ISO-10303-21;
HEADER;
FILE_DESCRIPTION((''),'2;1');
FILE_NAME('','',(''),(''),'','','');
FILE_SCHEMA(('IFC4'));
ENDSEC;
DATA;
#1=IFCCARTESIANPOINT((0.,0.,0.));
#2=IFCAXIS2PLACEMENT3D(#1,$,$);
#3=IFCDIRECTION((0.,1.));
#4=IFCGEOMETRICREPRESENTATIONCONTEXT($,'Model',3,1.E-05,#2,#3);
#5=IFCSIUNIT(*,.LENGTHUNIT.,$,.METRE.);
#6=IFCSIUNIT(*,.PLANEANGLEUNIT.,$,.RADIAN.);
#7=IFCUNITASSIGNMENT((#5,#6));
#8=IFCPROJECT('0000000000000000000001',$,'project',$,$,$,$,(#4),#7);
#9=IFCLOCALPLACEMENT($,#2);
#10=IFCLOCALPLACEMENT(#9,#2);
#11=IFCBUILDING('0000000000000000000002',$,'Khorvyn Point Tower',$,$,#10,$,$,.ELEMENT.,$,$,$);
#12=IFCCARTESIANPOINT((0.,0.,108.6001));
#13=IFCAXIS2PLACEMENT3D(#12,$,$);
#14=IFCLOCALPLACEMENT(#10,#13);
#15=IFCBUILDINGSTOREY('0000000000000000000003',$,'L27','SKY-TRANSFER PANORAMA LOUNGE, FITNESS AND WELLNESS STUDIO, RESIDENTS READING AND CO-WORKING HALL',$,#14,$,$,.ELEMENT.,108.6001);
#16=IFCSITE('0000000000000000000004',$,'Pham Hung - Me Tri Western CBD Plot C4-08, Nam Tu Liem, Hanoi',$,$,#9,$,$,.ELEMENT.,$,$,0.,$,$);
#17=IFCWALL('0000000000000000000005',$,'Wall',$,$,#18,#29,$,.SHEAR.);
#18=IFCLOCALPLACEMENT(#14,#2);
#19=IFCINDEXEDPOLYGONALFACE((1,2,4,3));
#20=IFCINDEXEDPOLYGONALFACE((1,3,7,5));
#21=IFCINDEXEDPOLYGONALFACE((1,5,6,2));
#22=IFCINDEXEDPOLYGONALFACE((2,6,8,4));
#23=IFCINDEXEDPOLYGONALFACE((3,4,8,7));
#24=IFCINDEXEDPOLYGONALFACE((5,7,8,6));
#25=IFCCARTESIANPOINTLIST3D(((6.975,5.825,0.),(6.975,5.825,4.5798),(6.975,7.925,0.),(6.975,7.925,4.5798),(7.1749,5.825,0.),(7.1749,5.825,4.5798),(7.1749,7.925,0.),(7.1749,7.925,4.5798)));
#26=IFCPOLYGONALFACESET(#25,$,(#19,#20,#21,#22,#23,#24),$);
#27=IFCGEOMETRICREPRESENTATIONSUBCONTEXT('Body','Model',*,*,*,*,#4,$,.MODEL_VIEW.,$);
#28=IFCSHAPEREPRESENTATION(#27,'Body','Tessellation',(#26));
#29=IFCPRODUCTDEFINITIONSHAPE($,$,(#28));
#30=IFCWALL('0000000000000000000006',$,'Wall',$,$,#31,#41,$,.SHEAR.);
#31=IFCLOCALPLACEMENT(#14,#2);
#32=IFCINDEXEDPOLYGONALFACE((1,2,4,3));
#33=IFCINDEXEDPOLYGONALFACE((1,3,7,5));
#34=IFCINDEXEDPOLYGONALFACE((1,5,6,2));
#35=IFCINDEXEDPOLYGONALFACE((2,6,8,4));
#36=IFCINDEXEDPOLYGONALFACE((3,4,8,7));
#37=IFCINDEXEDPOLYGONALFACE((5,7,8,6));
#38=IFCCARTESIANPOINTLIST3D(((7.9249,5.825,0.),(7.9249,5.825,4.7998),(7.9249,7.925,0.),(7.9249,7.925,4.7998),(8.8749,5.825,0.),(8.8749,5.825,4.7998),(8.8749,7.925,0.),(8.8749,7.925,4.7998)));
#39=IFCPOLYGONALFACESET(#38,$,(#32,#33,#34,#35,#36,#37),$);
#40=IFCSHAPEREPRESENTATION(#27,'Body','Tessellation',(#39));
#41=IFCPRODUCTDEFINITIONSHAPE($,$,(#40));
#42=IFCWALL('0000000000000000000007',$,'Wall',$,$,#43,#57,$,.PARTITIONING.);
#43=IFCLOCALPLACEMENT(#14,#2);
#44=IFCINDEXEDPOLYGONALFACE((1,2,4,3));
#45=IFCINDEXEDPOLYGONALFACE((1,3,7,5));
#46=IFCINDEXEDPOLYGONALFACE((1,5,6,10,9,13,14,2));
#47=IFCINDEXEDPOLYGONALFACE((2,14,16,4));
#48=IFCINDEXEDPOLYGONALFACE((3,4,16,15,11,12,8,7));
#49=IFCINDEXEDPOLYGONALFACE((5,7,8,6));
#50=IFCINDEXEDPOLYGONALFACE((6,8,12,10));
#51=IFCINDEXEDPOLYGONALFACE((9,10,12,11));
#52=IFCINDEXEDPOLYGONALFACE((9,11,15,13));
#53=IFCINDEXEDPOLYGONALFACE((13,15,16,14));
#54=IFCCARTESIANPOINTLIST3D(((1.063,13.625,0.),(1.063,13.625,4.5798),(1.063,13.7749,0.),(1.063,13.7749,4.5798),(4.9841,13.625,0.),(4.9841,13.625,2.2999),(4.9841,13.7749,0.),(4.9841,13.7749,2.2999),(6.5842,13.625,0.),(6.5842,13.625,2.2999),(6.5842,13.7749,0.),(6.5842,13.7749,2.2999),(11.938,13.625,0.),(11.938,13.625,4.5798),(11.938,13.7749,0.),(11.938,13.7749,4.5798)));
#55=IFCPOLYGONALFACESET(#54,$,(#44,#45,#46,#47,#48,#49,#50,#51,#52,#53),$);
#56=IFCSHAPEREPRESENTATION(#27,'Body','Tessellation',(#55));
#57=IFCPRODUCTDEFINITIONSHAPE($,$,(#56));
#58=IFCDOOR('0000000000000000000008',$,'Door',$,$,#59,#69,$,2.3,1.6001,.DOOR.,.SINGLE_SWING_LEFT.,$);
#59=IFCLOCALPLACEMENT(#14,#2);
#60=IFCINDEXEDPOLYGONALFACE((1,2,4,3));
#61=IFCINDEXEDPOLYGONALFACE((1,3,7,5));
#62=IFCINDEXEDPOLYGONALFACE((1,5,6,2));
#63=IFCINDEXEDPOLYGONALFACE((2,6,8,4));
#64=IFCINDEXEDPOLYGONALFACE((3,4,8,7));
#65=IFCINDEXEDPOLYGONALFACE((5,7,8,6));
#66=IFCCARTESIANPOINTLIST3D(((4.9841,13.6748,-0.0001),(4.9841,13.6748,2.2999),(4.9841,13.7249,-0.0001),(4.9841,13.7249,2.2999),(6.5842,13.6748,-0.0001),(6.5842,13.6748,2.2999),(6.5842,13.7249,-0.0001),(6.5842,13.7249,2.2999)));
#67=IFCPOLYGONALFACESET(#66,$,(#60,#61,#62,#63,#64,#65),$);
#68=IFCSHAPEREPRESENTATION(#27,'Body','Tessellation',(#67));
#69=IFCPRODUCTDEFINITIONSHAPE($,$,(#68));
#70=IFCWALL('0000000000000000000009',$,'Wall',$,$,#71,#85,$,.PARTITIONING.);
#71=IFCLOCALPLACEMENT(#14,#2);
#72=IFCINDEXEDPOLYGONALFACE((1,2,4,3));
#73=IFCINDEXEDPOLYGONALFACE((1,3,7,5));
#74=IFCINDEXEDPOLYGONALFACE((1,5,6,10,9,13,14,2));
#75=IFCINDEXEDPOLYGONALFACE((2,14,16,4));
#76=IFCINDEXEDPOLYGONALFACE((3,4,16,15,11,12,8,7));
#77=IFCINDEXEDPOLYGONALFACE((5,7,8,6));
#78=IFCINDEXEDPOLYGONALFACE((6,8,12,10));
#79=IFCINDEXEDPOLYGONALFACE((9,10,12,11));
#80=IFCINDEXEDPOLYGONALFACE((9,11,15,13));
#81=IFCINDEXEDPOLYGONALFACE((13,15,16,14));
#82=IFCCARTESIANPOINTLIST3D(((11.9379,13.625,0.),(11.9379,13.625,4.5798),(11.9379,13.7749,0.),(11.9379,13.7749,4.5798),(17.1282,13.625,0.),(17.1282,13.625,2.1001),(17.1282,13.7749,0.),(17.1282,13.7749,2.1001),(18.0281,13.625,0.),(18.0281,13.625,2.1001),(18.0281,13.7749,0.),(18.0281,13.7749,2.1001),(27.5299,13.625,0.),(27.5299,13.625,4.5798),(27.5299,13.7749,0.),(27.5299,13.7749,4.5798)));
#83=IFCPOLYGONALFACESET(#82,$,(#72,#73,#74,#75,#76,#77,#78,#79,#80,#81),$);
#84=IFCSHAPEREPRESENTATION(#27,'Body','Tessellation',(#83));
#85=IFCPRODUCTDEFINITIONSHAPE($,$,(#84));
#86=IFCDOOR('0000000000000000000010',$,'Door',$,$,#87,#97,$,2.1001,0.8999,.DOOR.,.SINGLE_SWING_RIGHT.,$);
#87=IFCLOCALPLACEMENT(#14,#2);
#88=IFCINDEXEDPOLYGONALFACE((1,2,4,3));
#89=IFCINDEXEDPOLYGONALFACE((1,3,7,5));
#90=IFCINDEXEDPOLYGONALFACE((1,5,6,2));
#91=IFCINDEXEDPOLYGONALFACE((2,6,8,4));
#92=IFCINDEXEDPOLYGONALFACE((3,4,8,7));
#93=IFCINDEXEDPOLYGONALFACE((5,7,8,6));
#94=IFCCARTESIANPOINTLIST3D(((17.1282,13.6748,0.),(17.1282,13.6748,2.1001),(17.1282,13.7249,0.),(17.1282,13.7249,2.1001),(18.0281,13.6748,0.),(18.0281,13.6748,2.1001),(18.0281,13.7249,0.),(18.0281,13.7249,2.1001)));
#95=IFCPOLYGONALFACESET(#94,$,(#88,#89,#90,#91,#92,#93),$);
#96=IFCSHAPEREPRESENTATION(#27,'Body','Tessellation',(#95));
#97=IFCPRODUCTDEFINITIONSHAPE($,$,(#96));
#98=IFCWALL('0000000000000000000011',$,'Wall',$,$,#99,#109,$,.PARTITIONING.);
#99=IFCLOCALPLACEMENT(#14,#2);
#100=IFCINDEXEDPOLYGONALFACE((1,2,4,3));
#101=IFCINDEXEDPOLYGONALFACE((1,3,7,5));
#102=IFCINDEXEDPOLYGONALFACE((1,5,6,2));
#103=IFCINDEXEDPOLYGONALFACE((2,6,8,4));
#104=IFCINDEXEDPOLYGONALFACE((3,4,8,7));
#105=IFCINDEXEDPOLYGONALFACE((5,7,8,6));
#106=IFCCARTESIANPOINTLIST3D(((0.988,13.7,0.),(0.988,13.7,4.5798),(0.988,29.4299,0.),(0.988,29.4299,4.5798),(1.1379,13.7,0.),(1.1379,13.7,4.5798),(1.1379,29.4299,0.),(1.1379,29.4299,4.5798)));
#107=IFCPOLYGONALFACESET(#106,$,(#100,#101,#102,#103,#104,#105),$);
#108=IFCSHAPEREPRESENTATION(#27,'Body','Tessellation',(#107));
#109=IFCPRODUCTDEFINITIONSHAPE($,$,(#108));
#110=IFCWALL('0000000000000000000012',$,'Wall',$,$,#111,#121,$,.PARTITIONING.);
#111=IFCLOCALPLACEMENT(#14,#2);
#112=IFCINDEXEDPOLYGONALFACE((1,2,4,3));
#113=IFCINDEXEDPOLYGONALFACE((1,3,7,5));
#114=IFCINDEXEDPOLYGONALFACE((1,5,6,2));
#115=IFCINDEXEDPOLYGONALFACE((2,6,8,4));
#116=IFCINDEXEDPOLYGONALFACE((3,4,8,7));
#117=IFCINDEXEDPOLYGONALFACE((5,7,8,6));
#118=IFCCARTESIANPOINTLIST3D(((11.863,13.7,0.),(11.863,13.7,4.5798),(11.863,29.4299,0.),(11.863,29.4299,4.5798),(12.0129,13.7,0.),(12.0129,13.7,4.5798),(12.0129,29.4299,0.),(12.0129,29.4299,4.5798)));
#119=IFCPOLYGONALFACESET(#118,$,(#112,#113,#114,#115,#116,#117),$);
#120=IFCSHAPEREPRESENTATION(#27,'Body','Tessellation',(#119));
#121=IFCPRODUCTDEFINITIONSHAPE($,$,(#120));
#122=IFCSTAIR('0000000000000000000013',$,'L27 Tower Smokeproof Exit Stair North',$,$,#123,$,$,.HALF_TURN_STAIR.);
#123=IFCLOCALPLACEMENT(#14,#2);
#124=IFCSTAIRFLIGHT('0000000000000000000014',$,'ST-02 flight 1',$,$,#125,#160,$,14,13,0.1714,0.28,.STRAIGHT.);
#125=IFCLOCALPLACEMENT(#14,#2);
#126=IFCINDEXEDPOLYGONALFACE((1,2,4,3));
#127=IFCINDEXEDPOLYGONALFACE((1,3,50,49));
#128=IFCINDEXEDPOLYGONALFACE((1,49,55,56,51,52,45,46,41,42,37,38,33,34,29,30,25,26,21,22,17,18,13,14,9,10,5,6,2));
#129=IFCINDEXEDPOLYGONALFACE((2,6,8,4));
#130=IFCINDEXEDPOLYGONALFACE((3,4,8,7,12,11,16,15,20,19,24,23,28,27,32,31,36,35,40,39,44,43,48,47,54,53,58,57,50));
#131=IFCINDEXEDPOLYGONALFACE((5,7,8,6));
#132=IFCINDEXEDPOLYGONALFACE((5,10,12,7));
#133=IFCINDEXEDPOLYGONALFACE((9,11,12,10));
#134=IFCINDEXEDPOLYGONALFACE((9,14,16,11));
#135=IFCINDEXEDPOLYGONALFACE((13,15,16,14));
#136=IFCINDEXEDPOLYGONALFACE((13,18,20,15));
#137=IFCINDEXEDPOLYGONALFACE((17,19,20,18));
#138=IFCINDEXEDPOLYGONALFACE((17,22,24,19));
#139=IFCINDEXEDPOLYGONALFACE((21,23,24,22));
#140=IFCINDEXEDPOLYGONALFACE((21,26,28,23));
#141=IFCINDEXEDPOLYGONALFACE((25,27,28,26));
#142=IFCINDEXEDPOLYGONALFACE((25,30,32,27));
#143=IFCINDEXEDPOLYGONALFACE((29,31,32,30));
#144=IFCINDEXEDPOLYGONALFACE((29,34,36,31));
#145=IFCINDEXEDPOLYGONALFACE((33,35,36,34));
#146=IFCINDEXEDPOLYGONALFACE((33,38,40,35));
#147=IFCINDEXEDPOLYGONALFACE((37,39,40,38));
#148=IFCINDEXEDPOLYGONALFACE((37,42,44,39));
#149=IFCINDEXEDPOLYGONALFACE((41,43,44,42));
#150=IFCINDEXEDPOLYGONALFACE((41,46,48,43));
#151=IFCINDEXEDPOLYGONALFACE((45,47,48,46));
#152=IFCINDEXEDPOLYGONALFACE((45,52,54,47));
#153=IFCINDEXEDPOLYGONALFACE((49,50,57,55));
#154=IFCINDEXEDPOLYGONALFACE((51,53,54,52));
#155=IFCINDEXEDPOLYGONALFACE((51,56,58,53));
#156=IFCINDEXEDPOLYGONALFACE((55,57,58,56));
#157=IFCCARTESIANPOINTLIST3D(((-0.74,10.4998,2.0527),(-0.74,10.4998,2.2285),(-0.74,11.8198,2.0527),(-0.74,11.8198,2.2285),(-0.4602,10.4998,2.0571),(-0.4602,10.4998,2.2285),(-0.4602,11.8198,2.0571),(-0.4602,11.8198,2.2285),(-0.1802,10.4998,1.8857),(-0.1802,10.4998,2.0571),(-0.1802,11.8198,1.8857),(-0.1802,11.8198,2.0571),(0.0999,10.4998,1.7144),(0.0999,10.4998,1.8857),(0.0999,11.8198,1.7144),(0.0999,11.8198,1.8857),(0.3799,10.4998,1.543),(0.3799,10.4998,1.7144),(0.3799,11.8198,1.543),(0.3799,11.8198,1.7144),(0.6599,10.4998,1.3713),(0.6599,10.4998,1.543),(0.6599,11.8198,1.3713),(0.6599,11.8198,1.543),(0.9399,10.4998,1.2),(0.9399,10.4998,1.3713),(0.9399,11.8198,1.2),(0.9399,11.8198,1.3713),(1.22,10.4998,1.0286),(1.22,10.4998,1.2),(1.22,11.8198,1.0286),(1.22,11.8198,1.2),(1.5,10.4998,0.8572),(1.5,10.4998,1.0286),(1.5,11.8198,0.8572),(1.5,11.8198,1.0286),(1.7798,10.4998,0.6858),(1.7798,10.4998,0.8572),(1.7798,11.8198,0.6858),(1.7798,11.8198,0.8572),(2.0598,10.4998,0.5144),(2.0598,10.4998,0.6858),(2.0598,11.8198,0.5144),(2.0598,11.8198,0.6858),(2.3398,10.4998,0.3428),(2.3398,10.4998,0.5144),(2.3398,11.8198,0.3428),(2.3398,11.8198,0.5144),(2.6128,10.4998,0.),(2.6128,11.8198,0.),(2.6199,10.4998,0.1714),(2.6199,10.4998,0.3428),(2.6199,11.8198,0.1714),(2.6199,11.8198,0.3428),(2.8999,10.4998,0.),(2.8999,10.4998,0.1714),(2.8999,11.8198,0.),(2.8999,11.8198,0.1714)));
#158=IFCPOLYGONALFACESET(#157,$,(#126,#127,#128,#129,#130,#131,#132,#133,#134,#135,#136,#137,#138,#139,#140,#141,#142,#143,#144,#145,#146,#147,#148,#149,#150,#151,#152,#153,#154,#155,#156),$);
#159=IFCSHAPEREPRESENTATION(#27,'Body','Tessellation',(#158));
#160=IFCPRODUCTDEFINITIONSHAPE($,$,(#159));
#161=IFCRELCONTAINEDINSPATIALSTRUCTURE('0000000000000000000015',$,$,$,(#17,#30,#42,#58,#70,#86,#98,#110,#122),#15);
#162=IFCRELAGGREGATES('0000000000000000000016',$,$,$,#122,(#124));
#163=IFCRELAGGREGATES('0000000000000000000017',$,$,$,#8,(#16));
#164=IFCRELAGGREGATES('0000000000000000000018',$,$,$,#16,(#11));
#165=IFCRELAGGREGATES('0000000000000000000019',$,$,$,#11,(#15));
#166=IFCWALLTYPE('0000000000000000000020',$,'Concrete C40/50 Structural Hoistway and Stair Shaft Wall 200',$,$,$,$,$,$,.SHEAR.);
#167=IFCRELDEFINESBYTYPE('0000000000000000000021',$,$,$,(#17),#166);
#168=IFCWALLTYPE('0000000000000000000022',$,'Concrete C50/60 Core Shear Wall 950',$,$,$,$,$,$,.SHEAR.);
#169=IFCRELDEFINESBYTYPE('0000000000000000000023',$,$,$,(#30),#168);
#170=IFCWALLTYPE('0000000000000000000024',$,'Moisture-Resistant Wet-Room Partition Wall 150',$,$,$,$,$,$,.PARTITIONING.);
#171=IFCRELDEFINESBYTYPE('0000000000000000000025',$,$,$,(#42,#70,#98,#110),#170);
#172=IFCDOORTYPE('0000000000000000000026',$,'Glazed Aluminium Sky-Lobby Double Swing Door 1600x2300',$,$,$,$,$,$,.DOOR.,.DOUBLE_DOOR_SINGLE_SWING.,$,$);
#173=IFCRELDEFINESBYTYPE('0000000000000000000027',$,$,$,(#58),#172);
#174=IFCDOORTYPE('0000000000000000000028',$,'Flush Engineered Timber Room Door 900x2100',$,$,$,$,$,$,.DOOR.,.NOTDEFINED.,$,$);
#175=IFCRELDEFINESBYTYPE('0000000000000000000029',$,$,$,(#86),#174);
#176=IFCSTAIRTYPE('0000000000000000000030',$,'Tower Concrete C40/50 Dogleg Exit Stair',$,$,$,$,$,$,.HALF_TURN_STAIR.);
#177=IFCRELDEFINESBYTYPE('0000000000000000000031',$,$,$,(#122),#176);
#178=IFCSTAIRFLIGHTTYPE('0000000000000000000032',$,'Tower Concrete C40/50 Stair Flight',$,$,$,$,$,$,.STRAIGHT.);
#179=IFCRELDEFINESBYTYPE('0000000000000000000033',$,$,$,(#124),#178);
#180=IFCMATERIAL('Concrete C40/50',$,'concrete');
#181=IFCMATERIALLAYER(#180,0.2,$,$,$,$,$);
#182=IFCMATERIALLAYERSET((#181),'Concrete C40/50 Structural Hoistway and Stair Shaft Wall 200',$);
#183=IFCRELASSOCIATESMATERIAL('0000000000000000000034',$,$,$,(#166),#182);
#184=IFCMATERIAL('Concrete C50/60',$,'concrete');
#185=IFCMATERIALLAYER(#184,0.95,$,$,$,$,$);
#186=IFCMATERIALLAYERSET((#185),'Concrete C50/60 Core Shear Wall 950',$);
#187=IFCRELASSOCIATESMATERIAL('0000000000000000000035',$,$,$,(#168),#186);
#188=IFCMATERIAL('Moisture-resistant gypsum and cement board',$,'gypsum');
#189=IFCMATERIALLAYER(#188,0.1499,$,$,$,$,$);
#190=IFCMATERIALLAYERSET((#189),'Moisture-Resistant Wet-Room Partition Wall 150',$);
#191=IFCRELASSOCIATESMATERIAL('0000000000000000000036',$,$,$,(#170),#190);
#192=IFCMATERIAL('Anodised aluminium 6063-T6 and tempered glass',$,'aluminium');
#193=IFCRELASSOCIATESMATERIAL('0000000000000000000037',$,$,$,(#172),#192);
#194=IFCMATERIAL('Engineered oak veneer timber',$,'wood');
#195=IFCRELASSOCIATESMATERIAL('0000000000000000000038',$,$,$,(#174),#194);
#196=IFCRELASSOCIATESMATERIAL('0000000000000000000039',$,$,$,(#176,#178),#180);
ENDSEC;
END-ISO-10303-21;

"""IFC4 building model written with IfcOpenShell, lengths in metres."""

from ifc_helpers import new_model, si_unit, direction, frame, frame_2d, origin, place, context, subcontext, project, spatial, polyline, rectangle, outline, extrude, material, layer, layer_set, type_object, element, fill, aggregate, save


model = new_model("IFC4")

# Units and contexts
model_context = context("Model", 3, precision=1e-05, world=origin(), true_north=direction((0.0, 1.0)))
body_context = subcontext(model_context, "Body", "Model", "MODEL_VIEW")
ifc_project = project(units=[si_unit("LENGTHUNIT", "METRE"), si_unit("PLANEANGLEUNIT", "RADIAN")], contexts=[model_context])

# Site, building, storey
site_placement = place(None, origin())
site = spatial("IfcSite", under=ifc_project, at=site_placement, Name="Pham Hung - Me Tri Western CBD Plot C4-08, Nam Tu Liem, Hanoi", CompositionType="ELEMENT", RefElevation=0.0)
building_placement = place(site_placement, origin())
building = spatial("IfcBuilding", under=site, at=building_placement, Name="Khorvyn Point Tower", CompositionType="ELEMENT")
storey_placement = place(building_placement, frame((0.0, 0.0, 108.6001)))
storey = spatial("IfcBuildingStorey", under=building, at=storey_placement, Name="L27", Description="SKY-TRANSFER PANORAMA LOUNGE, FITNESS AND WELLNESS STUDIO, RESIDENTS READING AND CO-WORKING HALL", CompositionType="ELEMENT", Elevation=108.6001)

# Shared definitions
ifc_material_1 = material(Name="Concrete C40/50", Category="concrete")
ifc_material_2 = material(Name="Concrete C50/60", Category="concrete")

# Shared definitions
ifc_layer_1 = layer(ifc_material_1, 0.2)
ifc_layer_set_1 = layer_set([ifc_layer_1], Name="Concrete C40/50 Structural Hoistway and Stair Shaft Wall 200")
wall_type_1 = type_object("IfcWallType", Name="Concrete C40/50 Structural Hoistway and Stair Shaft Wall 200", PredefinedType="SHEAR", material=ifc_layer_set_1)

# Walls
wall_1_placement = place(storey_placement, frame((7.075, 5.825, 0.0), z_axis=(0.0, 0.0, 1.0), x_axis=(0.0, 1.0, 0.0)))
element("IfcWall", 1, at=wall_1_placement, inside=storey, type_object=wall_type_1, Name="Wall", PredefinedType="SHEAR", context=body_context, shape_type="SweptSolid", body=[
    extrude(rectangle(XDim=2.1001, YDim=0.2, at=frame_2d((1.05, 0.0))), origin(), (0.0, 0.0, 1.0), 4.5798),
])
ifc_layer_2 = layer(ifc_material_2, 0.95)
ifc_layer_set_2 = layer_set([ifc_layer_2], Name="Concrete C50/60 Core Shear Wall 950")
wall_type_2 = type_object("IfcWallType", Name="Concrete C50/60 Core Shear Wall 950", PredefinedType="SHEAR", material=ifc_layer_set_2)
wall_2_placement = place(storey_placement, frame((8.3999, 5.825, 0.0), z_axis=(0.0, 0.0, 1.0), x_axis=(0.0, 1.0, 0.0)))
element("IfcWall", 2, at=wall_2_placement, inside=storey, type_object=wall_type_2, Name="Wall", PredefinedType="SHEAR", context=body_context, shape_type="SweptSolid", body=[
    extrude(rectangle(XDim=2.1001, YDim=0.95, at=frame_2d((1.05, 0.0))), origin(), (0.0, 0.0, 1.0), 4.7998),
])

# Walls, openings, doors
ifc_material_3 = material(Name="Moisture-resistant gypsum and cement board", Category="gypsum")
ifc_layer_3 = layer(ifc_material_3, 0.1499)
ifc_layer_set_3 = layer_set([ifc_layer_3], Name="Moisture-Resistant Wet-Room Partition Wall 150")
wall_type_3 = type_object("IfcWallType", Name="Moisture-Resistant Wet-Room Partition Wall 150", PredefinedType="PARTITIONING", material=ifc_layer_set_3)
wall_3_placement = place(storey_placement, frame((1.063, 13.7, 0.0), z_axis=(0.0, 0.0, 1.0), x_axis=(1.0, 0.0, 0.0)))
wall_3 = element("IfcWall", 3, at=wall_3_placement, inside=storey, type_object=wall_type_3, Name="Wall", PredefinedType="PARTITIONING", context=body_context, shape_type="SweptSolid", body=[
    extrude(rectangle(XDim=10.875, YDim=0.1499, at=frame_2d((5.4375, 0.0))), origin(), (0.0, 0.0, 1.0), 4.5798),
])
opening_1_placement = place(wall_3_placement, frame((3.9211, 0.0, 0.0)))
opening_1 = element("IfcOpeningElement", 4, at=opening_1_placement, cuts=wall_3, PredefinedType="OPENING", context=body_context, shape_type="SweptSolid", body=[
    extrude(rectangle(XDim=1.6001, YDim=2.3, at=frame_2d((0.8, 1.1499))), frame((0.0, 0.085, 0.0), z_axis=(0.0, -1.0, 0.0), x_axis=(1.0, 0.0, 0.0)), (0.0, 0.0, 1.0), 0.1699),
])
ifc_material_4 = material(Name="Anodised aluminium 6063-T6 and tempered glass", Category="aluminium")
door_type_1 = type_object("IfcDoorType", Name="Glazed Aluminium Sky-Lobby Double Swing Door 1600x2300", OperationType="DOUBLE_DOOR_SINGLE_SWING", PredefinedType="DOOR", material=ifc_material_4)
door_1_placement = place(opening_1_placement, origin())
door_1 = element("IfcDoor", 5, at=door_1_placement, inside=storey, type_object=door_type_1, Name="Door", OperationType="SINGLE_SWING_LEFT", OverallHeight=2.3, OverallWidth=1.6001, PredefinedType="DOOR", context=body_context, shape_type="SweptSolid", body=[
    extrude(rectangle(XDim=1.6001, YDim=2.3, at=frame_2d((0.8, 1.1499))), frame((0.0, 0.0249, 0.0), z_axis=(0.0, -1.0, 0.0), x_axis=(1.0, 0.0, 0.0)), (0.0, 0.0, 1.0), 0.05),
])
fill(opening_1, door_1)
wall_4_placement = place(storey_placement, frame((11.938, 13.7, 0.0), z_axis=(0.0, 0.0, 1.0), x_axis=(1.0, 0.0, 0.0)))
wall_4 = element("IfcWall", 6, at=wall_4_placement, inside=storey, type_object=wall_type_3, Name="Wall", PredefinedType="PARTITIONING", context=body_context, shape_type="SweptSolid", body=[
    extrude(rectangle(XDim=15.592, YDim=0.1499, at=frame_2d((7.7959, 0.0))), origin(), (0.0, 0.0, 1.0), 4.5798),
])
opening_2_placement = place(wall_4_placement, frame((5.1902, 0.0, 0.0)))
opening_2 = element("IfcOpeningElement", 7, at=opening_2_placement, cuts=wall_4, PredefinedType="OPENING", context=body_context, shape_type="SweptSolid", body=[
    extrude(rectangle(XDim=0.8999, YDim=2.1001, at=frame_2d((0.45, 1.05))), frame((0.0, 0.085, 0.0), z_axis=(0.0, -1.0, 0.0), x_axis=(1.0, 0.0, 0.0)), (0.0, 0.0, 1.0), 0.1699),
])
ifc_material_5 = material(Name="Engineered oak veneer timber", Category="wood")
door_type_2 = type_object("IfcDoorType", Name="Flush Engineered Timber Room Door 900x2100", OperationType="NOTDEFINED", PredefinedType="DOOR", material=ifc_material_5)
door_2_placement = place(opening_2_placement, origin())
door_2 = element("IfcDoor", 8, at=door_2_placement, inside=storey, type_object=door_type_2, Name="Door", OperationType="SINGLE_SWING_RIGHT", OverallHeight=2.1001, OverallWidth=0.8999, PredefinedType="DOOR", context=body_context, shape_type="SweptSolid", body=[
    extrude(rectangle(XDim=0.8999, YDim=2.1001, at=frame_2d((0.45, 1.05))), frame((0.0, 0.0249, 0.0), z_axis=(0.0, -1.0, 0.0), x_axis=(1.0, 0.0, 0.0)), (0.0, 0.0, 1.0), 0.05),
])
fill(opening_2, door_2)

# Walls
for number, where, z_axis, x_axis, name in (
    (9, (1.063, 13.7, 0.0), (0.0, 0.0, 1.0), (0.0, 1.0, 0.0), "Wall"),
    (10, (11.938, 13.7, 0.0), (0.0, 0.0, 1.0), (0.0, 1.0, 0.0), "Wall"),
):
    element("IfcWall", number, at=place(storey_placement, frame(where, z_axis=z_axis, x_axis=x_axis)), inside=storey, type_object=wall_type_3, Name=name, PredefinedType="PARTITIONING", context=body_context, shape_type="SweptSolid", body=[
        extrude(rectangle(XDim=15.73, YDim=0.1499, at=frame_2d((7.865, 0.0))), origin(), (0.0, 0.0, 1.0), 4.5798),
    ])

# Stair, stair flight
stair_type = type_object("IfcStairType", Name="Tower Concrete C40/50 Dogleg Exit Stair", PredefinedType="HALF_TURN_STAIR", material=ifc_material_1)
stair_placement = place(storey_placement, origin())
stair = element("IfcStair", 11, at=stair_placement, inside=storey, type_object=stair_type, Name="L27 Tower Smokeproof Exit Stair North", PredefinedType="HALF_TURN_STAIR")
stair_flight_type = type_object("IfcStairFlightType", Name="Tower Concrete C40/50 Stair Flight", PredefinedType="STRAIGHT", material=ifc_material_1)
stair_flight_placement = place(storey_placement, frame((2.8999, 11.1599, 0.0), z_axis=(0.0, 0.0, 1.0), x_axis=(-1.0, 0.0, 0.0)))
stair_flight = element("IfcStairFlight", 12, at=stair_flight_placement, type_object=stair_flight_type, Name="ST-02 flight 1", NumberOfRisers=14, NumberOfTreads=13, PredefinedType="STRAIGHT", RiserHeight=0.1714, TreadLength=0.28, context=body_context, shape_type="SweptSolid", body=[
    extrude(outline(polyline([(0.0, 0.0), (0.0, 0.1714), (0.28, 0.1714), (0.28, 0.3428), (0.5601, 0.3428), (0.5601, 0.5144), (0.8401, 0.5144), (0.8401, 0.6858), (1.1201, 0.6858), (1.1201, 0.8572), (1.3999, 0.8572), (1.3999, 1.0286), (1.6799, 1.0286), (1.6799, 1.2), (1.96, 1.2), (1.96, 1.3713), (2.24, 1.3713), (2.24, 1.543), (2.52, 1.543), (2.52, 1.7144), (2.8, 1.7144), (2.8, 1.8857), (3.0801, 1.8857), (3.0801, 2.0571), (3.3601, 2.0571), (3.3601, 2.2285), (3.6399, 2.2285), (3.6399, 2.3999), (3.6399, 2.0527), (0.2871, 0.0), (0.0, 0.0)])), frame((0.0, 0.6602, 0.0), z_axis=(0.0, -1.0, 0.0), x_axis=(1.0, 0.0, 0.0)), (0.0, 0.0, 1.0), 1.3201),
])
aggregate(stair, [stair_flight])

save(model, "model.ifc")
